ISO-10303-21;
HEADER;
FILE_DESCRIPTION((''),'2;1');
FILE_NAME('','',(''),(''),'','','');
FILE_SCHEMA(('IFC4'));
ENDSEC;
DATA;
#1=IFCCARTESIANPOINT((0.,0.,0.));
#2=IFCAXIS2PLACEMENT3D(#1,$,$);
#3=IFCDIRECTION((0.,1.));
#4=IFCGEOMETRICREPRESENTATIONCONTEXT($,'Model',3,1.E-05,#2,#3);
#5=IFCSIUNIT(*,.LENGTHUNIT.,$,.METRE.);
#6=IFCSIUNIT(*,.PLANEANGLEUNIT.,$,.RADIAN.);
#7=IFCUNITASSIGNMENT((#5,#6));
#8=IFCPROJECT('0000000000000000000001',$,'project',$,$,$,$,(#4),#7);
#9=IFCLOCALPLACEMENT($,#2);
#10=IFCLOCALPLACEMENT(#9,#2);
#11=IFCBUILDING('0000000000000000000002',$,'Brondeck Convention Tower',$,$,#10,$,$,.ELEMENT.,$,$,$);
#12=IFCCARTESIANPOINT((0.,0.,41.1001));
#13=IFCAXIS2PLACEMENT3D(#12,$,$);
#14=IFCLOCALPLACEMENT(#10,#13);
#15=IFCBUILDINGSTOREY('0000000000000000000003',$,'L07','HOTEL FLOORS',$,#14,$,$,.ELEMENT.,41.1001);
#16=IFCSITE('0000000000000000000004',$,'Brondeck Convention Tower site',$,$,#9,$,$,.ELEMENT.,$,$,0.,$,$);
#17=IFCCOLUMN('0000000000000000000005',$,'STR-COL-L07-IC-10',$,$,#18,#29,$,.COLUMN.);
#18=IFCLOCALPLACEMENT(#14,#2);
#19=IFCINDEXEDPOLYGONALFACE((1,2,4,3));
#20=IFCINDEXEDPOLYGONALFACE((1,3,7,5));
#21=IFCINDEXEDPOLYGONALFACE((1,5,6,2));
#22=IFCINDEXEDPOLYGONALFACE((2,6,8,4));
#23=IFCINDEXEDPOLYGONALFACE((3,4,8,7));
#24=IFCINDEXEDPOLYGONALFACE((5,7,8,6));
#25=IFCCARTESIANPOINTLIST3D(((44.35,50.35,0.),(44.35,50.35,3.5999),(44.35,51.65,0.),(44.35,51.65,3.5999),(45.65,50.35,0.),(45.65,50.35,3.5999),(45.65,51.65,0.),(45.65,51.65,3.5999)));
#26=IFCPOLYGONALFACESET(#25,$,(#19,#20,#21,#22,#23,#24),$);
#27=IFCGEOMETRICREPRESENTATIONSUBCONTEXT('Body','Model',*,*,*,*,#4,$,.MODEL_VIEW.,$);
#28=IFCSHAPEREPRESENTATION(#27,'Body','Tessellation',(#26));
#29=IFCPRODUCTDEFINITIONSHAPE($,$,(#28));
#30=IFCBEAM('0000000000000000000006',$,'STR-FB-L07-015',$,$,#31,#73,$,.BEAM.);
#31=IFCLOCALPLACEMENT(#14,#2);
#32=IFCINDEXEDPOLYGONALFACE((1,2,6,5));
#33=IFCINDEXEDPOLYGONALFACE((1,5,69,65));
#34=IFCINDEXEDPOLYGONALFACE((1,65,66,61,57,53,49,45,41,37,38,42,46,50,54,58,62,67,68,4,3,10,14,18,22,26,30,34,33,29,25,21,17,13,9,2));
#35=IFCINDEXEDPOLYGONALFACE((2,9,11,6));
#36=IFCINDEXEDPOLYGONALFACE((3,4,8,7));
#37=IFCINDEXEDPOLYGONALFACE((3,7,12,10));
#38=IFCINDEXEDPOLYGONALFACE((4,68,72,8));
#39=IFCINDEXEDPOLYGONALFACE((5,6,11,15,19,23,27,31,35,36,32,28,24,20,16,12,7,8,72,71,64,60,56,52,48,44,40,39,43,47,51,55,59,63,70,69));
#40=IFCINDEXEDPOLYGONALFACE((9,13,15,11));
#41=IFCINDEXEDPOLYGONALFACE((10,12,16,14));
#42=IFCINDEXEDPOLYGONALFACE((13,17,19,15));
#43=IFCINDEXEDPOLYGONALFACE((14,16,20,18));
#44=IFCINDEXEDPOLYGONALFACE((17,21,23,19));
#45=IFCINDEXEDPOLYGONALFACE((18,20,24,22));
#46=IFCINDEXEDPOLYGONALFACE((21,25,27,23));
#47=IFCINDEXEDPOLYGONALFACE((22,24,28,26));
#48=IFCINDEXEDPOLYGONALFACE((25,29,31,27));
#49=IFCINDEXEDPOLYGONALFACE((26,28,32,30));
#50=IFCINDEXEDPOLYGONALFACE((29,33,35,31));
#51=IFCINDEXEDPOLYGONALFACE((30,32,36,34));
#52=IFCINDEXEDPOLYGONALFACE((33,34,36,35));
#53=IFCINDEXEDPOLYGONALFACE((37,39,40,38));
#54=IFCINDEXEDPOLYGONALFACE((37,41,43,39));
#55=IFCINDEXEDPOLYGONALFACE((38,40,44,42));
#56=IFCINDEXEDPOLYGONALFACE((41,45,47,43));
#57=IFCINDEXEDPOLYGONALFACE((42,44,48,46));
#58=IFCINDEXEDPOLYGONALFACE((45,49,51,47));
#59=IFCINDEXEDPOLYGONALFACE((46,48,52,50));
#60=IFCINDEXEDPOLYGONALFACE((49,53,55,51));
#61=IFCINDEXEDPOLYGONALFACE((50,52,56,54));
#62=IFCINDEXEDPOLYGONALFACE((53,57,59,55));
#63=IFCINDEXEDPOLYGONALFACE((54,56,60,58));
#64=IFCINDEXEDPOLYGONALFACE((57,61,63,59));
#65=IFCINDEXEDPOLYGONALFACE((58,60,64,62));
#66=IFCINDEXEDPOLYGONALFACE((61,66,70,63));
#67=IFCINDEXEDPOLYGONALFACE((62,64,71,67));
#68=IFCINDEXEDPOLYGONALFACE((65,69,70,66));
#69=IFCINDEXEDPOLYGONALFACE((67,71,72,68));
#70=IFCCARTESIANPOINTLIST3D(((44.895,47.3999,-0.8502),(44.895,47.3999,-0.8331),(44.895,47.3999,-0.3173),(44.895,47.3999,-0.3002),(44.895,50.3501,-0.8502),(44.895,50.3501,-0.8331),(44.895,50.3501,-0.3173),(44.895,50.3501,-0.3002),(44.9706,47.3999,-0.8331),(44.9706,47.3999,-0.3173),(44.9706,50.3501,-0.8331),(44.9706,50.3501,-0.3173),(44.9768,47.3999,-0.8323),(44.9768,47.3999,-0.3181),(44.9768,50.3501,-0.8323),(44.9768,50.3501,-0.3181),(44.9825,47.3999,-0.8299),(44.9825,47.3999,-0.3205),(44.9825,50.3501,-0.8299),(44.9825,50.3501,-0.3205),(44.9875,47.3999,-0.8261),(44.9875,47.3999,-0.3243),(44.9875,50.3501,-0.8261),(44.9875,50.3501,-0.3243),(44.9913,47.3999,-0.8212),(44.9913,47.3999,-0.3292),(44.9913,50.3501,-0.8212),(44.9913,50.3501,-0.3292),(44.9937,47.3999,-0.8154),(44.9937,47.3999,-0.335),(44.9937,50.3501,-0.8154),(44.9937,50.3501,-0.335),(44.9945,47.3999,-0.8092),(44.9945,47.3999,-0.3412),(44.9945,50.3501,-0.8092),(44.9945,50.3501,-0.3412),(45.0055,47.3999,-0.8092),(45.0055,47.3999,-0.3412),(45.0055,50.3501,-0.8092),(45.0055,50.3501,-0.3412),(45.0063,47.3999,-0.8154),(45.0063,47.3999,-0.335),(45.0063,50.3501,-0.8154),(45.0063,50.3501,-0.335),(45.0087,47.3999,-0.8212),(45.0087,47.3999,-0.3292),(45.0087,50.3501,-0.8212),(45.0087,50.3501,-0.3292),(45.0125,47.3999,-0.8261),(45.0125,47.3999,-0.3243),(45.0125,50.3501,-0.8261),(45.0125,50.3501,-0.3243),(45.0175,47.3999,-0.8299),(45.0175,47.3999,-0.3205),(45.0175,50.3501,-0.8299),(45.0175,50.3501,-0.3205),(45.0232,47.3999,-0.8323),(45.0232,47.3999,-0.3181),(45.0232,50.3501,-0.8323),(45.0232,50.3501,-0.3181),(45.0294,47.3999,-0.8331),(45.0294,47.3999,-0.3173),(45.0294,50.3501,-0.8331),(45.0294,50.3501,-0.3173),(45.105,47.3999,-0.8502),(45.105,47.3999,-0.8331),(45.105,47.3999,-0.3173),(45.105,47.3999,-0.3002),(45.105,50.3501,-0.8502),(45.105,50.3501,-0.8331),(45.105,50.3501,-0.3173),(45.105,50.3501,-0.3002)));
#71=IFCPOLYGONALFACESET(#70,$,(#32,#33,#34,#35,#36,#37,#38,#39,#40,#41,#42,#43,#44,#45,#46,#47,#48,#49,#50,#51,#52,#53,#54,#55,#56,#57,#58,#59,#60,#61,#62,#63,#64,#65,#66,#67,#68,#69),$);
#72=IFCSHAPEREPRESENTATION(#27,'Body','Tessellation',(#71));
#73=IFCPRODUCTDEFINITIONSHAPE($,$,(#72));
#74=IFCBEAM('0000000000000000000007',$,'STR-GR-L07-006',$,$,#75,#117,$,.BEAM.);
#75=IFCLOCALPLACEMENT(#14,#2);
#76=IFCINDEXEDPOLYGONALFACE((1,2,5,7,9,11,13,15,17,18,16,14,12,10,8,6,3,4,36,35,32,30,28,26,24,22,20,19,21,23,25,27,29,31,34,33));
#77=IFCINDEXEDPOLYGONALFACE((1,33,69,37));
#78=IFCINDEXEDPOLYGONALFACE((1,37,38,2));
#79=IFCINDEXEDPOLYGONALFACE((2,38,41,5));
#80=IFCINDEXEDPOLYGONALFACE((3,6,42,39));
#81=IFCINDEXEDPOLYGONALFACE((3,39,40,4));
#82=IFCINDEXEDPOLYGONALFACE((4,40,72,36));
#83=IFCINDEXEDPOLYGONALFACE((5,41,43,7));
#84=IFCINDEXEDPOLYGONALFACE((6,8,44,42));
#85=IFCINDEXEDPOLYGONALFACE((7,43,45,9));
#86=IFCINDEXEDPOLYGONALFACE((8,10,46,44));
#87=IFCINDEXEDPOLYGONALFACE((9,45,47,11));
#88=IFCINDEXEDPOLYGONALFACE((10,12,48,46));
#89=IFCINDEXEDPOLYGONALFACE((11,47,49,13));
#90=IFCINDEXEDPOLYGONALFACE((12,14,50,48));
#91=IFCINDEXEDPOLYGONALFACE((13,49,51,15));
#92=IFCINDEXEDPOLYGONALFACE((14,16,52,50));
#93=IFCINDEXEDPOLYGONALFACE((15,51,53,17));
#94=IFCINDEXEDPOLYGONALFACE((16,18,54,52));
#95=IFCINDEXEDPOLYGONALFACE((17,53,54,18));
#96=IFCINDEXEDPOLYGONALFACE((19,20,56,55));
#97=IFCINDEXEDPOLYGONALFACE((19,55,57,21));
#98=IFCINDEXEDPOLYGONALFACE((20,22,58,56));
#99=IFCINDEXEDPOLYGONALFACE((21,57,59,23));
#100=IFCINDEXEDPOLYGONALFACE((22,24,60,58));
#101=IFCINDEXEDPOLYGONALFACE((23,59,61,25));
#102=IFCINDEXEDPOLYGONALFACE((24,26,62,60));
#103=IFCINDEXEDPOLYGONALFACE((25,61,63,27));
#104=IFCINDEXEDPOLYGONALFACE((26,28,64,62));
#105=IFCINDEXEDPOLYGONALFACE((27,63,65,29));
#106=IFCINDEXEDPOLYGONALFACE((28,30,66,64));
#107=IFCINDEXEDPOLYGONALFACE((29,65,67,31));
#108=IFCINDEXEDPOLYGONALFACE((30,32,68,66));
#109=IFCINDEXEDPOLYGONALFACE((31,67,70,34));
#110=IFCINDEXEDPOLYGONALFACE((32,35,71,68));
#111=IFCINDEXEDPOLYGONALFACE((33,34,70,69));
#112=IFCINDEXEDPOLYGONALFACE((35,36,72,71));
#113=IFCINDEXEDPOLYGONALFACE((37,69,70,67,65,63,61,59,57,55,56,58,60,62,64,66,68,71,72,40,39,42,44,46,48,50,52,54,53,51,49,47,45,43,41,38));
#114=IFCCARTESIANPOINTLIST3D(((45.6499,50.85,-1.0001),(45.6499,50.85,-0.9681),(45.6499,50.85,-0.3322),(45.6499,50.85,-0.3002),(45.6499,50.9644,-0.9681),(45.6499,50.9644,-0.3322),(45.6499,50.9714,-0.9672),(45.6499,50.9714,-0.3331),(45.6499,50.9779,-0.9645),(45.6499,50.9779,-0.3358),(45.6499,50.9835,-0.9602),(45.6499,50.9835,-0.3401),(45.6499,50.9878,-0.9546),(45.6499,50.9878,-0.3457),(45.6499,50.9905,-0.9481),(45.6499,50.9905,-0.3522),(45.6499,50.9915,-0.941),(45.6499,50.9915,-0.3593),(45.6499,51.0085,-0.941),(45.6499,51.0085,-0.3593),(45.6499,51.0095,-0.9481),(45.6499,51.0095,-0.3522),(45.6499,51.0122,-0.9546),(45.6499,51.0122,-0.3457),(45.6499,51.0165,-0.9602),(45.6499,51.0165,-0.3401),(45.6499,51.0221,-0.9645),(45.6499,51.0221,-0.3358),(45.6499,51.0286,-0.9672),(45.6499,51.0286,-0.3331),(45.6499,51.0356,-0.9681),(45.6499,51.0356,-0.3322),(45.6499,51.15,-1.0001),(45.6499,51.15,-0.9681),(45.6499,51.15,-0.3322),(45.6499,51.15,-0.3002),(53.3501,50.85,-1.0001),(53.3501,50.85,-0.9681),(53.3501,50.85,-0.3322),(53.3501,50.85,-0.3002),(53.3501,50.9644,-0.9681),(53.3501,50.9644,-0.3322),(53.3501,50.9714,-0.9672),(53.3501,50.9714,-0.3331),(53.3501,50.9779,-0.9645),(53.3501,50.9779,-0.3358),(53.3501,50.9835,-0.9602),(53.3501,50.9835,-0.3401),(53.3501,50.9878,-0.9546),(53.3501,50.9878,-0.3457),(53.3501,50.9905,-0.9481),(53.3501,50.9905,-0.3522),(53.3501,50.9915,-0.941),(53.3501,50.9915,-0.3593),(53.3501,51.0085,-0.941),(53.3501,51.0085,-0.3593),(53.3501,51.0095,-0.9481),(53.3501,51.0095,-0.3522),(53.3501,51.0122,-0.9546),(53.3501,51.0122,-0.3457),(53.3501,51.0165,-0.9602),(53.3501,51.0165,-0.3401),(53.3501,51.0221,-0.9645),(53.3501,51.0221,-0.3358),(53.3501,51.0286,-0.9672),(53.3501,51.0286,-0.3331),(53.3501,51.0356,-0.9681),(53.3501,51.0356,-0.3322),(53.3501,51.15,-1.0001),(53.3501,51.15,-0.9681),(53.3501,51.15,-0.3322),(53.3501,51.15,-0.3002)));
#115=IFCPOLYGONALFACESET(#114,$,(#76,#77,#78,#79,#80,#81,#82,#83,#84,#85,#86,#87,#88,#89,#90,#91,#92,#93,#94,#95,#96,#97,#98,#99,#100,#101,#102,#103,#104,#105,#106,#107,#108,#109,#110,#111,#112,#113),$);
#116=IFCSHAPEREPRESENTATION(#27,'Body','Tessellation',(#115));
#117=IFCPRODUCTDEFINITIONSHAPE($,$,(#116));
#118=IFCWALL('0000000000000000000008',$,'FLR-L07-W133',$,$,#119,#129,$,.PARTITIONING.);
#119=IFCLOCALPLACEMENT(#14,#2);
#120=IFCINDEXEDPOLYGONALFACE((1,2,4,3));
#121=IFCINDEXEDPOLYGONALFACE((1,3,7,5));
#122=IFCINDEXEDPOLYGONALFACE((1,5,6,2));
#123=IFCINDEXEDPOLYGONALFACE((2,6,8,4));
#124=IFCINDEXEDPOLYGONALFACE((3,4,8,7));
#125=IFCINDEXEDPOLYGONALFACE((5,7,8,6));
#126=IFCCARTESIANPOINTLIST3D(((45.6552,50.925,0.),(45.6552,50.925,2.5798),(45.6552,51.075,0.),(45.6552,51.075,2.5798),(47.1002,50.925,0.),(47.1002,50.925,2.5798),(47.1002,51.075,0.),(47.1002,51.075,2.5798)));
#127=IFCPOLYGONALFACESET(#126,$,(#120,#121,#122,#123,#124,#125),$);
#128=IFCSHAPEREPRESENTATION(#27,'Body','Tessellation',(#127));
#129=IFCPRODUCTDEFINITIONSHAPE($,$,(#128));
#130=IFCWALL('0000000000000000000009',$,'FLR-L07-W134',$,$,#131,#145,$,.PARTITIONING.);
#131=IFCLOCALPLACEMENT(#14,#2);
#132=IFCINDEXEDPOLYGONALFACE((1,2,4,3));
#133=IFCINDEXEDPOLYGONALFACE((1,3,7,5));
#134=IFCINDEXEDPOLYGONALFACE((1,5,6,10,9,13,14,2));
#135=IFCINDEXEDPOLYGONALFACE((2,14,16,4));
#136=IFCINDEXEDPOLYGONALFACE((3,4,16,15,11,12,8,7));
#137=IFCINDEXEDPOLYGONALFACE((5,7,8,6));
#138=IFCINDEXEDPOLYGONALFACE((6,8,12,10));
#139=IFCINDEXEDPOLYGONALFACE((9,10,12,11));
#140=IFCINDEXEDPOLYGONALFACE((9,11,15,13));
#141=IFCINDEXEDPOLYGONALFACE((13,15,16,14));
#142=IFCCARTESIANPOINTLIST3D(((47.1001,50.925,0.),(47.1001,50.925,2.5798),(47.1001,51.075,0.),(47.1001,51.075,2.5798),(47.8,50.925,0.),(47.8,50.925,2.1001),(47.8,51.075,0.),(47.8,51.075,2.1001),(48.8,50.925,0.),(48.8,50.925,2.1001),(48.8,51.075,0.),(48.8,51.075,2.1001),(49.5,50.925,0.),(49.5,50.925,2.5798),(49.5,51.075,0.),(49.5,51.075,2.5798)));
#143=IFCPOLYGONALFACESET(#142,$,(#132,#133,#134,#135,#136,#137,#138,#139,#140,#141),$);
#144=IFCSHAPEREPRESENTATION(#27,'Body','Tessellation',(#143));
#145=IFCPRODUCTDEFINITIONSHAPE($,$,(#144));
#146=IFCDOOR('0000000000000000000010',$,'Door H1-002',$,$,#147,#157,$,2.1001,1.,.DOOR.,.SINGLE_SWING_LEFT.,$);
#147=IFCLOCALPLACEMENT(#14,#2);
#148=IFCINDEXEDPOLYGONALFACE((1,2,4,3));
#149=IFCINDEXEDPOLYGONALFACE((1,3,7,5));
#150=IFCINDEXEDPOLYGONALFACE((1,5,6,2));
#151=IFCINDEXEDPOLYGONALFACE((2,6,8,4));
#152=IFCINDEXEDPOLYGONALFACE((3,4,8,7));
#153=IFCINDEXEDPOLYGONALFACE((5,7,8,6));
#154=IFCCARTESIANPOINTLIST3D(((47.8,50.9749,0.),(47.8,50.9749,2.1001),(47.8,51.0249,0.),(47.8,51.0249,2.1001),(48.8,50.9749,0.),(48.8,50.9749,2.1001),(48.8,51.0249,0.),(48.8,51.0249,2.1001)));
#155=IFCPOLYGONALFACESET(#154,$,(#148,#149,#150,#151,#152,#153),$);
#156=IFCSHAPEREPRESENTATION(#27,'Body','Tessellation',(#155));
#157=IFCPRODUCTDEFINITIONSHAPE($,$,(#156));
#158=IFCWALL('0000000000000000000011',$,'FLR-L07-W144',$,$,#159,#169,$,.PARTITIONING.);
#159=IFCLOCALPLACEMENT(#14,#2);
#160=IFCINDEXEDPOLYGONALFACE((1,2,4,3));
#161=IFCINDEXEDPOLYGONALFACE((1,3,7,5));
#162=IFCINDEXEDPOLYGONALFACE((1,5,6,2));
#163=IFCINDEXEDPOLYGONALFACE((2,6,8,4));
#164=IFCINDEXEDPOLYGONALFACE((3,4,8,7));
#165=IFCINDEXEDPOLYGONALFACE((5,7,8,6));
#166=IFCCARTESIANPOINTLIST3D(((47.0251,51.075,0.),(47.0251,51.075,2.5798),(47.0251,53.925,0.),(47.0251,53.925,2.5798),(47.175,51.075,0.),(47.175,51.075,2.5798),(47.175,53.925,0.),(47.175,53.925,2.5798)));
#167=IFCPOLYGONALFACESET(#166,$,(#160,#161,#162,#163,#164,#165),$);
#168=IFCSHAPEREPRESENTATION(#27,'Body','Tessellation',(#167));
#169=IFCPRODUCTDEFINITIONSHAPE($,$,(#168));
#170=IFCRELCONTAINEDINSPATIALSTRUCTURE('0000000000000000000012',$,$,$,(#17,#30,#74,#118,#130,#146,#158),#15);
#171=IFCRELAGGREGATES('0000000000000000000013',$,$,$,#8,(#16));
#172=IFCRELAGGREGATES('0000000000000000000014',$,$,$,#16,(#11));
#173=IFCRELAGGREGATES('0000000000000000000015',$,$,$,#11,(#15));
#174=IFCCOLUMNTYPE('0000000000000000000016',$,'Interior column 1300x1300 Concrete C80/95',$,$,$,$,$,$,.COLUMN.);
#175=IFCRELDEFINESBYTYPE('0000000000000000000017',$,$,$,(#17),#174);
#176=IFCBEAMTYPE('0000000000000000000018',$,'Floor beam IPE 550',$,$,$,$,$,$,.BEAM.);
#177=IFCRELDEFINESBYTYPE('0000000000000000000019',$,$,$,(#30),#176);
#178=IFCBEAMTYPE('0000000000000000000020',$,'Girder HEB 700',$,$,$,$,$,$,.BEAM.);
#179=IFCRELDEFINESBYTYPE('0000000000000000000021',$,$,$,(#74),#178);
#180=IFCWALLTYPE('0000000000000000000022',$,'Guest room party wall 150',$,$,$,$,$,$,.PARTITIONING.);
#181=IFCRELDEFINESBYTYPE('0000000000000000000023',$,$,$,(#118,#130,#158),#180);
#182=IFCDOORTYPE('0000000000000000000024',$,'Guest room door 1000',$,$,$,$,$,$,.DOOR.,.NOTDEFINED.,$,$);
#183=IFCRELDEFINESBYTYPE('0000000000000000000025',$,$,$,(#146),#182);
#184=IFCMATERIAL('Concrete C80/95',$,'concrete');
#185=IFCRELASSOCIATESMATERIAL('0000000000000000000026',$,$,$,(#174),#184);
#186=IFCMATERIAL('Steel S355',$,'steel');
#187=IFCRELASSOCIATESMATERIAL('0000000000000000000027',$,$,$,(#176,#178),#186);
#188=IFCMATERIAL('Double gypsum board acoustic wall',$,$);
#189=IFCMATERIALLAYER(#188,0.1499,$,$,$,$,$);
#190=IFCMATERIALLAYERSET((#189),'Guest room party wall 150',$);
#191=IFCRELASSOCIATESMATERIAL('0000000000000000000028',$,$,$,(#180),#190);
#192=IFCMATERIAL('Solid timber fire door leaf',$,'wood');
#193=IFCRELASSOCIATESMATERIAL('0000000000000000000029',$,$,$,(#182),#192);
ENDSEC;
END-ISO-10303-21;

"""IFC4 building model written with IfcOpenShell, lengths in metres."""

from ifc_helpers import new_model, si_unit, direction, frame, frame_2d, origin, origin_2d, place, context, subcontext, project, spatial, rectangle, i_section, extrude, material, layer, layer_set, material_profile, profile_set, type_object, element, fill, save


model = new_model("IFC4")

# Units and contexts
model_context = context("Model", 3, precision=1e-05, world=origin(), true_north=direction((0.0, 1.0)))
body_context = subcontext(model_context, "Body", "Model", "MODEL_VIEW")
ifc_project = project(units=[si_unit("LENGTHUNIT", "METRE"), si_unit("PLANEANGLEUNIT", "RADIAN")], contexts=[model_context])

# Site, building, storey
site_placement = place(None, origin())
site = spatial("IfcSite", under=ifc_project, at=site_placement, Name="Brondeck Convention Tower site", CompositionType="ELEMENT", RefElevation=0.0)
building_placement = place(site_placement, origin())
building = spatial("IfcBuilding", under=site, at=building_placement, Name="Brondeck Convention Tower", CompositionType="ELEMENT")
storey_placement = place(building_placement, frame((0.0, 0.0, 41.1001)))
storey = spatial("IfcBuildingStorey", under=building, at=storey_placement, Name="L07", Description="HOTEL FLOORS", CompositionType="ELEMENT", Elevation=41.1001)

# Column
ifc_material_1 = material(Name="Concrete C80/95", Category="concrete")
ifc_material_profile_1 = material_profile(ifc_material_1, rectangle(XDim=1.3, YDim=1.3, at=origin_2d()), Name="Interior column 1300x1300 Concrete C80/95")
ifc_profile_set_1 = profile_set([ifc_material_profile_1], Name="Concrete C80/95")
column_type = type_object("IfcColumnType", Name="Interior column 1300x1300 Concrete C80/95", PredefinedType="COLUMN", material=ifc_profile_set_1)
column_placement = place(storey_placement, frame((45.0, 51.0, 0.0), z_axis=(0.0, 0.0, 1.0), x_axis=(1.0, 0.0, 0.0)))
element("IfcColumn", 1, at=column_placement, inside=storey, type_object=column_type, Name="STR-COL-L07-IC-10", PredefinedType="COLUMN", context=body_context, shape_type="SweptSolid", body=[
    extrude(rectangle(XDim=1.3, YDim=1.3, at=origin_2d()), origin(), (0.0, 0.0, 1.0), 3.5999),
])

# Beams
ifc_material_2 = material(Name="Steel S355", Category="steel")
ifc_material_profile_2 = material_profile(ifc_material_2, i_section(OverallWidth=0.21, OverallDepth=0.55, WebThickness=0.011, FlangeThickness=0.0171, FilletRadius=0.0239, at=origin_2d()), Name="IPE 550")
ifc_profile_set_2 = profile_set([ifc_material_profile_2], Name="Steel S355")
beam_type_1 = type_object("IfcBeamType", Name="Floor beam IPE 550", PredefinedType="BEAM", material=ifc_profile_set_2)
beam_1_placement = place(storey_placement, frame((45.0, 47.3999, -0.5752), z_axis=(0.0, 1.0, 0.0), x_axis=(-1.0, 0.0, 0.0)))
element("IfcBeam", 2, at=beam_1_placement, inside=storey, type_object=beam_type_1, Name="STR-FB-L07-015", PredefinedType="BEAM", context=body_context, shape_type="SweptSolid", body=[
    extrude(i_section(OverallWidth=0.21, OverallDepth=0.55, WebThickness=0.011, FlangeThickness=0.0171, FilletRadius=0.0239, at=origin_2d()), origin(), (0.0, 0.0, 1.0), 2.9502),
])
ifc_material_profile_3 = material_profile(ifc_material_2, i_section(OverallWidth=0.3, OverallDepth=0.7, WebThickness=0.0171, FlangeThickness=0.032, FilletRadius=0.0271, at=origin_2d()), Name="HEB 700")
ifc_profile_set_3 = profile_set([ifc_material_profile_3], Name="Steel S355")
beam_type_2 = type_object("IfcBeamType", Name="Girder HEB 700", PredefinedType="BEAM", material=ifc_profile_set_3)
beam_2_placement = place(storey_placement, frame((45.6499, 51.0, -0.6501), z_axis=(1.0, 0.0, 0.0), x_axis=(0.0, 1.0, 0.0)))
element("IfcBeam", 3, at=beam_2_placement, inside=storey, type_object=beam_type_2, Name="STR-GR-L07-006", PredefinedType="BEAM", context=body_context, shape_type="SweptSolid", body=[
    extrude(i_section(OverallWidth=0.3, OverallDepth=0.7, WebThickness=0.0171, FlangeThickness=0.032, FilletRadius=0.0271, at=origin_2d()), origin(), (0.0, 0.0, 1.0), 7.7002),
])

# Wall
ifc_material_3 = material(Name="Double gypsum board acoustic wall")
ifc_layer_1 = layer(ifc_material_3, 0.1499)
ifc_layer_set_1 = layer_set([ifc_layer_1], Name="Guest room party wall 150")
wall_type_1 = type_object("IfcWallType", Name="Guest room party wall 150", PredefinedType="PARTITIONING", material=ifc_layer_set_1)
wall_1_placement = place(storey_placement, frame((45.655, 51.0, 0.0), z_axis=(0.0, 0.0, 1.0), x_axis=(1.0, 0.0, 0.0)))
element("IfcWall", 4, at=wall_1_placement, inside=storey, type_object=wall_type_1, Name="FLR-L07-W133", PredefinedType="PARTITIONING", context=body_context, shape_type="SweptSolid", body=[
    extrude(rectangle(XDim=1.4451, YDim=0.1499, at=frame_2d((0.7227, 0.0))), origin(), (0.0, 0.0, 1.0), 2.5798),
])

# Wall, opening, door
wall_2_placement = place(storey_placement, frame((47.1001, 51.0, 0.0), z_axis=(0.0, 0.0, 1.0), x_axis=(1.0, 0.0, 0.0)))
wall_2 = element("IfcWall", 5, at=wall_2_placement, inside=storey, type_object=wall_type_1, Name="FLR-L07-W134", PredefinedType="PARTITIONING", context=body_context, shape_type="SweptSolid", body=[
    extrude(rectangle(XDim=2.3999, YDim=0.1499, at=frame_2d((1.2, 0.0))), origin(), (0.0, 0.0, 1.0), 2.5798),
])
opening_1_placement = place(wall_2_placement, frame((0.7, 0.0, 0.0)))
opening_1 = element("IfcOpeningElement", 6, at=opening_1_placement, cuts=wall_2, PredefinedType="OPENING", context=body_context, shape_type="SweptSolid", body=[
    extrude(rectangle(XDim=1.0, YDim=2.1001, at=frame_2d((0.5, 1.05))), frame((0.0, 0.085, 0.0), z_axis=(0.0, -1.0, 0.0), x_axis=(1.0, 0.0, 0.0)), (0.0, 0.0, 1.0), 0.1699),
])
ifc_material_4 = material(Name="Solid timber fire door leaf", Category="wood")
door_type_1 = type_object("IfcDoorType", Name="Guest room door 1000", OperationType="NOTDEFINED", PredefinedType="DOOR", material=ifc_material_4)
door_1_placement = place(opening_1_placement, origin())
door_1 = element("IfcDoor", 7, at=door_1_placement, inside=storey, type_object=door_type_1, Name="Door H1-002", OperationType="SINGLE_SWING_LEFT", OverallHeight=2.1001, OverallWidth=1.0, PredefinedType="DOOR", context=body_context, shape_type="SweptSolid", body=[
    extrude(rectangle(XDim=1.0, YDim=2.1001, at=frame_2d((0.5, 1.05))), frame((0.0, 0.0249, 0.0), z_axis=(0.0, -1.0, 0.0), x_axis=(1.0, 0.0, 0.0)), (0.0, 0.0, 1.0), 0.05),
])
fill(opening_1, door_1)

# Wall
wall_3_placement = place(storey_placement, frame((47.1001, 51.075, 0.0), z_axis=(0.0, 0.0, 1.0), x_axis=(0.0, 1.0, 0.0)))
element("IfcWall", 8, at=wall_3_placement, inside=storey, type_object=wall_type_1, Name="FLR-L07-W144", PredefinedType="PARTITIONING", context=body_context, shape_type="SweptSolid", body=[
    extrude(rectangle(XDim=2.8501, YDim=0.1499, at=frame_2d((1.425, 0.0))), origin(), (0.0, 0.0, 1.0), 2.5798),
])

save(model, "model.ifc")
